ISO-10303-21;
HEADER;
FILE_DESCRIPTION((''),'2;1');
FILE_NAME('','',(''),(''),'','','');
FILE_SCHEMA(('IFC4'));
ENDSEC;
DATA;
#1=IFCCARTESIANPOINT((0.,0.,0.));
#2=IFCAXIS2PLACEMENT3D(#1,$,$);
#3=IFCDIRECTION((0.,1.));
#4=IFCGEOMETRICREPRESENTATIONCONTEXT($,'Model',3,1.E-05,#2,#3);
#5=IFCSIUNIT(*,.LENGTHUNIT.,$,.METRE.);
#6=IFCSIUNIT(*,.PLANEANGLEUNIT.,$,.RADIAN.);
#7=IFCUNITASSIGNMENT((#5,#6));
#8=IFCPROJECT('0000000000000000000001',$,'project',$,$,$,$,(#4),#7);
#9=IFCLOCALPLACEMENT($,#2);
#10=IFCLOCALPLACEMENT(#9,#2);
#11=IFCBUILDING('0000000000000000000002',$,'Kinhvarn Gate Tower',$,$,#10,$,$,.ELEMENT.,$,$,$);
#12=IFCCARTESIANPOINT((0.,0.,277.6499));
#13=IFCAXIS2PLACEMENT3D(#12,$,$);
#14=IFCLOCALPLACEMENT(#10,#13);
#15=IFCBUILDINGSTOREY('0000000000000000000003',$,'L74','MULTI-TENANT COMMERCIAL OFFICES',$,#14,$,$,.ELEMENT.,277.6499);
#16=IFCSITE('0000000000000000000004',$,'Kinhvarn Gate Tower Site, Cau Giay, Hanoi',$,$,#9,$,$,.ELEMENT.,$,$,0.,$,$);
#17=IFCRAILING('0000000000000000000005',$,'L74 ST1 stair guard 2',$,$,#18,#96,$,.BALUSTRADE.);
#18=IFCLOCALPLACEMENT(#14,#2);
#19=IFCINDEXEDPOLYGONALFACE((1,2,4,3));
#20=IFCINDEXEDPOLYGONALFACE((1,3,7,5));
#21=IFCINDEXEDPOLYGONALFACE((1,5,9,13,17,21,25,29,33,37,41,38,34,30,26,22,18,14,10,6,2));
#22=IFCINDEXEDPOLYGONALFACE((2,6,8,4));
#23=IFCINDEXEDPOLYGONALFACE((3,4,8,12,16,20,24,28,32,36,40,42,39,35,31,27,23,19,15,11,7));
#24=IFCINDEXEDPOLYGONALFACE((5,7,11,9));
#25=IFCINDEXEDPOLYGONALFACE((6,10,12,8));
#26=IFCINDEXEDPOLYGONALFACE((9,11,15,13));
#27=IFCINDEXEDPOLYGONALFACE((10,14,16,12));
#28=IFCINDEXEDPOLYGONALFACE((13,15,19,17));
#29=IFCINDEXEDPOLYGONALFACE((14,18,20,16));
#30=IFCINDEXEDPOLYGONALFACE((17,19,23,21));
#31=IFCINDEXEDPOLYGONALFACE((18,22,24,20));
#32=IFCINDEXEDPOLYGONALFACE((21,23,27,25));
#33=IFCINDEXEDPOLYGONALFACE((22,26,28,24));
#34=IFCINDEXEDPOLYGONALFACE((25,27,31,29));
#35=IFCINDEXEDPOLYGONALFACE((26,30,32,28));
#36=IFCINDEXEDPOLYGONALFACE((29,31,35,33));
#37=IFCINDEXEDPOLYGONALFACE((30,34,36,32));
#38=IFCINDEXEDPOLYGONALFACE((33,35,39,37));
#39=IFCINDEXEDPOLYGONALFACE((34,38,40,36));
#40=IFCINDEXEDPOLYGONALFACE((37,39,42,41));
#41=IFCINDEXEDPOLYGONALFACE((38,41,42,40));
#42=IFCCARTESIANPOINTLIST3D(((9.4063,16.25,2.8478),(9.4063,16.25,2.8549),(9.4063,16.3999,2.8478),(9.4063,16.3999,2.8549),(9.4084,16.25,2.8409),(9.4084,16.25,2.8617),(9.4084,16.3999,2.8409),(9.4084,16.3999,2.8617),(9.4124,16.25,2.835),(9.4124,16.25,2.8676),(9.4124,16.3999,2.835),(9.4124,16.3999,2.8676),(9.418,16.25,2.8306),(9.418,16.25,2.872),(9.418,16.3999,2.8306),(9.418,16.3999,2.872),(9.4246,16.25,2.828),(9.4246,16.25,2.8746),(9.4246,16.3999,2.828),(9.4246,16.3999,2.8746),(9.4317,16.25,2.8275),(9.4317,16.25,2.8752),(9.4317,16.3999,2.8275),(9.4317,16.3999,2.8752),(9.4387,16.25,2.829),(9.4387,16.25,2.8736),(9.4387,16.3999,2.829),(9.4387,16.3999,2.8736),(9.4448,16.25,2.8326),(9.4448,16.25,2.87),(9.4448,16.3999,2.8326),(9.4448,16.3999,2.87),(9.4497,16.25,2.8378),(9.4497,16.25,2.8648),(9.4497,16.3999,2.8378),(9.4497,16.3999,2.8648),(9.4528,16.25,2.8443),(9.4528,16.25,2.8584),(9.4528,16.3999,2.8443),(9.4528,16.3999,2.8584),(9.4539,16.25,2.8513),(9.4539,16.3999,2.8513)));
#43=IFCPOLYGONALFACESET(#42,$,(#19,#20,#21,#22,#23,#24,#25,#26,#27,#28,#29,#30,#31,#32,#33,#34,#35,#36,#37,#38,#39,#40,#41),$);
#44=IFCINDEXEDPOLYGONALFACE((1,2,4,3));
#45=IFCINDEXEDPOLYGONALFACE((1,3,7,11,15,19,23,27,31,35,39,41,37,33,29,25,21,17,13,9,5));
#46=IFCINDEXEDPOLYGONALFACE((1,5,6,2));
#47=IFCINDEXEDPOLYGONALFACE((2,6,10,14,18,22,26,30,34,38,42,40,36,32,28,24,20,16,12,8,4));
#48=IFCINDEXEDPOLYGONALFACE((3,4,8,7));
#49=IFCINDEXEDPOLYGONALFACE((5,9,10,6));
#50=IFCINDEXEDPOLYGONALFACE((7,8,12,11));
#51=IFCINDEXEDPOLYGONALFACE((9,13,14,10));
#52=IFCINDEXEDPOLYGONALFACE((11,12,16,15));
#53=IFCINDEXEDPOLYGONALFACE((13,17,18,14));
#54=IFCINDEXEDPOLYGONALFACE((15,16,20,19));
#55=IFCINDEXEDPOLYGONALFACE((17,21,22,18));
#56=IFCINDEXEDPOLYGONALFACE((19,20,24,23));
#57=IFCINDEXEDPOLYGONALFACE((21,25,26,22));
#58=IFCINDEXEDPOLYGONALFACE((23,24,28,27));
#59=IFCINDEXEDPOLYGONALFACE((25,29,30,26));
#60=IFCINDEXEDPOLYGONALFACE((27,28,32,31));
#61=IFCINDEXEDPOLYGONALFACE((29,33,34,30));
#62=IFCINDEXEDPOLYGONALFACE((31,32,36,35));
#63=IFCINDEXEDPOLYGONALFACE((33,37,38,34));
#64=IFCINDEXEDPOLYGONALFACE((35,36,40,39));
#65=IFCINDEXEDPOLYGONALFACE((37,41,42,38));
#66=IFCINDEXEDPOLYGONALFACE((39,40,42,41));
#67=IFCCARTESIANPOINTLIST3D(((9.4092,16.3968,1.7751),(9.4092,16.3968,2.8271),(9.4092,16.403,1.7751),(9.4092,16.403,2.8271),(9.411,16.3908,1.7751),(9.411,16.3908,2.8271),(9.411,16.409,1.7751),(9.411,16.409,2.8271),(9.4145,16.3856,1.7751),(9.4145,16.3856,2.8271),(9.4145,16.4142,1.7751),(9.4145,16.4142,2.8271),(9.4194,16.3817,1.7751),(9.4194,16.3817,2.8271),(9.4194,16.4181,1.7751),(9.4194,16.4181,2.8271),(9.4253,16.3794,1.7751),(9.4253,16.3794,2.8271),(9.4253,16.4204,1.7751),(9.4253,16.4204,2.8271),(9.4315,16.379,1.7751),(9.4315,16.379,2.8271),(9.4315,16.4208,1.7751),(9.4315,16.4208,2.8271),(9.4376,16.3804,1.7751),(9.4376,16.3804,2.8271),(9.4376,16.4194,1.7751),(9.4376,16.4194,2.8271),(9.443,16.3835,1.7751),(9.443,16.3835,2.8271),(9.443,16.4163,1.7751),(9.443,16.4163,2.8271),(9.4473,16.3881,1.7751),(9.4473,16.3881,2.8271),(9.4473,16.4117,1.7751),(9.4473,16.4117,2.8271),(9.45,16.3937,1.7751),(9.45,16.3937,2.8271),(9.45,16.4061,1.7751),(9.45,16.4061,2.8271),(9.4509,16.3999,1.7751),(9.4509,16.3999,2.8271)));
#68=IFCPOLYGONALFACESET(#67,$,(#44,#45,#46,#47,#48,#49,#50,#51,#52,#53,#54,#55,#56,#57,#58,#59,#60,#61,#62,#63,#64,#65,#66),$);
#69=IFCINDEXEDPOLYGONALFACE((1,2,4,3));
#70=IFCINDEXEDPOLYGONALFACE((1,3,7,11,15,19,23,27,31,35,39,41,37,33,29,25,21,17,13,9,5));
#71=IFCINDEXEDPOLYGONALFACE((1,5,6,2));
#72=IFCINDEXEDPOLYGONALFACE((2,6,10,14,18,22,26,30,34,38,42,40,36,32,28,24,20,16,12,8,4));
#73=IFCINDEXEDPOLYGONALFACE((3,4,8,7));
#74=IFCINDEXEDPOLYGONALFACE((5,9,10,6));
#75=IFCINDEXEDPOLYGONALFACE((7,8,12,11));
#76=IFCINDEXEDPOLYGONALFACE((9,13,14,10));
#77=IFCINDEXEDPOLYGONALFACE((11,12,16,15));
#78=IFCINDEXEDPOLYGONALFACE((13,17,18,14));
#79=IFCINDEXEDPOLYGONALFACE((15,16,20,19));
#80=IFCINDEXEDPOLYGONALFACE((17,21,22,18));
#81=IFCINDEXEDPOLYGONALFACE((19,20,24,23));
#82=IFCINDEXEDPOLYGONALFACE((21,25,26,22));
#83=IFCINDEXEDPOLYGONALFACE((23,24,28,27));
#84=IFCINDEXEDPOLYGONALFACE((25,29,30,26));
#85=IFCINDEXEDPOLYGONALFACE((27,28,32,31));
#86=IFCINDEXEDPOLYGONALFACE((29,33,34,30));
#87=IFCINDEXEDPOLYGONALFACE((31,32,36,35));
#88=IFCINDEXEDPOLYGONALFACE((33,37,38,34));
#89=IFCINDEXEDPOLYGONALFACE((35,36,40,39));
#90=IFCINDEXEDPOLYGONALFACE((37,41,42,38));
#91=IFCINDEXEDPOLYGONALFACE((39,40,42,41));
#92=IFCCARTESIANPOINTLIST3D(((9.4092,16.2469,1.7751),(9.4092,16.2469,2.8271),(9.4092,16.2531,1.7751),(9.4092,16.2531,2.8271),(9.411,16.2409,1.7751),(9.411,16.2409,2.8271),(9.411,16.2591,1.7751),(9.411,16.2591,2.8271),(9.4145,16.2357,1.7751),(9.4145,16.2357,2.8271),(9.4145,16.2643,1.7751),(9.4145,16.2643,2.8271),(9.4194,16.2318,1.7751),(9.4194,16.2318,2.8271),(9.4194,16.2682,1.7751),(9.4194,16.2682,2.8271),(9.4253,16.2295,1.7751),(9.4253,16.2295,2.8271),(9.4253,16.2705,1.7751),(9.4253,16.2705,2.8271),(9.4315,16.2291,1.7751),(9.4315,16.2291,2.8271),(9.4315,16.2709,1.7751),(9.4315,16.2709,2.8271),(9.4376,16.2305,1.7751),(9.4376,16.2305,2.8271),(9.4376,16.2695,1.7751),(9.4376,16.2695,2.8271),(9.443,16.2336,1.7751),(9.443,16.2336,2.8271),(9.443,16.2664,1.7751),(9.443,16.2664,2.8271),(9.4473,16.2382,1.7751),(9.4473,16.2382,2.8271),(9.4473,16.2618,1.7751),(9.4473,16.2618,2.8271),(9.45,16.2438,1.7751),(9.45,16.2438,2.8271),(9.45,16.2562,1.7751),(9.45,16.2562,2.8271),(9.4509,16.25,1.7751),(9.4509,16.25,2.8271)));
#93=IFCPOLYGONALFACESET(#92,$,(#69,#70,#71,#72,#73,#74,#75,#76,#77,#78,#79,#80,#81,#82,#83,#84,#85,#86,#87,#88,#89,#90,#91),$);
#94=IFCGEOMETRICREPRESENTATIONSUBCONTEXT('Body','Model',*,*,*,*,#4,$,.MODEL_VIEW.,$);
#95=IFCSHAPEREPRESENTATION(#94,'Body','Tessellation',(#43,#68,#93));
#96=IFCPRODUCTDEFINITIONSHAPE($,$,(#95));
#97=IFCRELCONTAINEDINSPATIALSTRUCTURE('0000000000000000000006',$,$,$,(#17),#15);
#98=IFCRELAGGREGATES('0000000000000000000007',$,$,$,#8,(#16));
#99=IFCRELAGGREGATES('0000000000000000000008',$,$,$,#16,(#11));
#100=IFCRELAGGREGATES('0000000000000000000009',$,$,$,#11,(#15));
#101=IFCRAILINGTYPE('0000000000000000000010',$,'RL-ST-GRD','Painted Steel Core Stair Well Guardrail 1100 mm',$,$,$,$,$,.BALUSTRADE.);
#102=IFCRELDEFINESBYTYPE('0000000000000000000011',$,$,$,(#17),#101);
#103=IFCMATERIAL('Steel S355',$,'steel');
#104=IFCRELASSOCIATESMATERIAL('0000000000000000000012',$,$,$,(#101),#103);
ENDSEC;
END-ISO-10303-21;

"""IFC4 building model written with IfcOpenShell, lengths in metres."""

from ifc_helpers import new_model, si_unit, direction, frame, origin, origin_2d, place, context, subcontext, project, spatial, circle, extrude, material, type_object, element, save


model = new_model("IFC4")

# Units and contexts
model_context = context("Model", 3, precision=1e-05, world=origin(), true_north=direction((0.0, 1.0)))
body_context = subcontext(model_context, "Body", "Model", "MODEL_VIEW")
ifc_project = project(units=[si_unit("LENGTHUNIT", "METRE"), si_unit("PLANEANGLEUNIT", "RADIAN")], contexts=[model_context])

# Site, building, storey
site_placement = place(None, origin())
site = spatial("IfcSite", under=ifc_project, at=site_placement, Name="Kinhvarn Gate Tower Site, Cau Giay, Hanoi", CompositionType="ELEMENT", RefElevation=0.0)
building_placement = place(site_placement, origin())
building = spatial("IfcBuilding", under=site, at=building_placement, Name="Kinhvarn Gate Tower", CompositionType="ELEMENT")
storey_placement = place(building_placement, frame((0.0, 0.0, 277.6499)))
storey = spatial("IfcBuildingStorey", under=building, at=storey_placement, Name="L74", Description="MULTI-TENANT COMMERCIAL OFFICES", CompositionType="ELEMENT", Elevation=277.6499)

# Shared definitions
ifc_material_1 = material(Name="Steel S355", Category="steel")

# Railing
railing_type_1 = type_object("IfcRailingType", Name="RL-ST-GRD", Description="Painted Steel Core Stair Well Guardrail 1100 mm", PredefinedType="BALUSTRADE", material=ifc_material_1)
railing_1_placement = place(storey_placement, frame((9.4299, 16.3999, 1.7751)))
element("IfcRailing", 1, at=railing_1_placement, inside=storey, type_object=railing_type_1, Name="L74 ST1 stair guard 2", PredefinedType="BALUSTRADE", context=body_context, shape_type="SweptSolid", body=[
    extrude(circle(Radius=0.0239, at=origin_2d()), frame((0.0, 0.0, 1.0762), z_axis=(0.0, -1.0, 0.0), x_axis=(1.0, 0.0, 0.0)), (0.0, 0.0, 1.0), 0.1499),
    extrude(circle(Radius=0.021, at=origin_2d()), origin(), (0.0, 0.0, 1.0), 1.052),
    extrude(circle(Radius=0.021, at=origin_2d()), frame((0.0, -0.1499, 0.0)), (0.0, 0.0, 1.0), 1.052),
])

save(model, "model.ifc")
